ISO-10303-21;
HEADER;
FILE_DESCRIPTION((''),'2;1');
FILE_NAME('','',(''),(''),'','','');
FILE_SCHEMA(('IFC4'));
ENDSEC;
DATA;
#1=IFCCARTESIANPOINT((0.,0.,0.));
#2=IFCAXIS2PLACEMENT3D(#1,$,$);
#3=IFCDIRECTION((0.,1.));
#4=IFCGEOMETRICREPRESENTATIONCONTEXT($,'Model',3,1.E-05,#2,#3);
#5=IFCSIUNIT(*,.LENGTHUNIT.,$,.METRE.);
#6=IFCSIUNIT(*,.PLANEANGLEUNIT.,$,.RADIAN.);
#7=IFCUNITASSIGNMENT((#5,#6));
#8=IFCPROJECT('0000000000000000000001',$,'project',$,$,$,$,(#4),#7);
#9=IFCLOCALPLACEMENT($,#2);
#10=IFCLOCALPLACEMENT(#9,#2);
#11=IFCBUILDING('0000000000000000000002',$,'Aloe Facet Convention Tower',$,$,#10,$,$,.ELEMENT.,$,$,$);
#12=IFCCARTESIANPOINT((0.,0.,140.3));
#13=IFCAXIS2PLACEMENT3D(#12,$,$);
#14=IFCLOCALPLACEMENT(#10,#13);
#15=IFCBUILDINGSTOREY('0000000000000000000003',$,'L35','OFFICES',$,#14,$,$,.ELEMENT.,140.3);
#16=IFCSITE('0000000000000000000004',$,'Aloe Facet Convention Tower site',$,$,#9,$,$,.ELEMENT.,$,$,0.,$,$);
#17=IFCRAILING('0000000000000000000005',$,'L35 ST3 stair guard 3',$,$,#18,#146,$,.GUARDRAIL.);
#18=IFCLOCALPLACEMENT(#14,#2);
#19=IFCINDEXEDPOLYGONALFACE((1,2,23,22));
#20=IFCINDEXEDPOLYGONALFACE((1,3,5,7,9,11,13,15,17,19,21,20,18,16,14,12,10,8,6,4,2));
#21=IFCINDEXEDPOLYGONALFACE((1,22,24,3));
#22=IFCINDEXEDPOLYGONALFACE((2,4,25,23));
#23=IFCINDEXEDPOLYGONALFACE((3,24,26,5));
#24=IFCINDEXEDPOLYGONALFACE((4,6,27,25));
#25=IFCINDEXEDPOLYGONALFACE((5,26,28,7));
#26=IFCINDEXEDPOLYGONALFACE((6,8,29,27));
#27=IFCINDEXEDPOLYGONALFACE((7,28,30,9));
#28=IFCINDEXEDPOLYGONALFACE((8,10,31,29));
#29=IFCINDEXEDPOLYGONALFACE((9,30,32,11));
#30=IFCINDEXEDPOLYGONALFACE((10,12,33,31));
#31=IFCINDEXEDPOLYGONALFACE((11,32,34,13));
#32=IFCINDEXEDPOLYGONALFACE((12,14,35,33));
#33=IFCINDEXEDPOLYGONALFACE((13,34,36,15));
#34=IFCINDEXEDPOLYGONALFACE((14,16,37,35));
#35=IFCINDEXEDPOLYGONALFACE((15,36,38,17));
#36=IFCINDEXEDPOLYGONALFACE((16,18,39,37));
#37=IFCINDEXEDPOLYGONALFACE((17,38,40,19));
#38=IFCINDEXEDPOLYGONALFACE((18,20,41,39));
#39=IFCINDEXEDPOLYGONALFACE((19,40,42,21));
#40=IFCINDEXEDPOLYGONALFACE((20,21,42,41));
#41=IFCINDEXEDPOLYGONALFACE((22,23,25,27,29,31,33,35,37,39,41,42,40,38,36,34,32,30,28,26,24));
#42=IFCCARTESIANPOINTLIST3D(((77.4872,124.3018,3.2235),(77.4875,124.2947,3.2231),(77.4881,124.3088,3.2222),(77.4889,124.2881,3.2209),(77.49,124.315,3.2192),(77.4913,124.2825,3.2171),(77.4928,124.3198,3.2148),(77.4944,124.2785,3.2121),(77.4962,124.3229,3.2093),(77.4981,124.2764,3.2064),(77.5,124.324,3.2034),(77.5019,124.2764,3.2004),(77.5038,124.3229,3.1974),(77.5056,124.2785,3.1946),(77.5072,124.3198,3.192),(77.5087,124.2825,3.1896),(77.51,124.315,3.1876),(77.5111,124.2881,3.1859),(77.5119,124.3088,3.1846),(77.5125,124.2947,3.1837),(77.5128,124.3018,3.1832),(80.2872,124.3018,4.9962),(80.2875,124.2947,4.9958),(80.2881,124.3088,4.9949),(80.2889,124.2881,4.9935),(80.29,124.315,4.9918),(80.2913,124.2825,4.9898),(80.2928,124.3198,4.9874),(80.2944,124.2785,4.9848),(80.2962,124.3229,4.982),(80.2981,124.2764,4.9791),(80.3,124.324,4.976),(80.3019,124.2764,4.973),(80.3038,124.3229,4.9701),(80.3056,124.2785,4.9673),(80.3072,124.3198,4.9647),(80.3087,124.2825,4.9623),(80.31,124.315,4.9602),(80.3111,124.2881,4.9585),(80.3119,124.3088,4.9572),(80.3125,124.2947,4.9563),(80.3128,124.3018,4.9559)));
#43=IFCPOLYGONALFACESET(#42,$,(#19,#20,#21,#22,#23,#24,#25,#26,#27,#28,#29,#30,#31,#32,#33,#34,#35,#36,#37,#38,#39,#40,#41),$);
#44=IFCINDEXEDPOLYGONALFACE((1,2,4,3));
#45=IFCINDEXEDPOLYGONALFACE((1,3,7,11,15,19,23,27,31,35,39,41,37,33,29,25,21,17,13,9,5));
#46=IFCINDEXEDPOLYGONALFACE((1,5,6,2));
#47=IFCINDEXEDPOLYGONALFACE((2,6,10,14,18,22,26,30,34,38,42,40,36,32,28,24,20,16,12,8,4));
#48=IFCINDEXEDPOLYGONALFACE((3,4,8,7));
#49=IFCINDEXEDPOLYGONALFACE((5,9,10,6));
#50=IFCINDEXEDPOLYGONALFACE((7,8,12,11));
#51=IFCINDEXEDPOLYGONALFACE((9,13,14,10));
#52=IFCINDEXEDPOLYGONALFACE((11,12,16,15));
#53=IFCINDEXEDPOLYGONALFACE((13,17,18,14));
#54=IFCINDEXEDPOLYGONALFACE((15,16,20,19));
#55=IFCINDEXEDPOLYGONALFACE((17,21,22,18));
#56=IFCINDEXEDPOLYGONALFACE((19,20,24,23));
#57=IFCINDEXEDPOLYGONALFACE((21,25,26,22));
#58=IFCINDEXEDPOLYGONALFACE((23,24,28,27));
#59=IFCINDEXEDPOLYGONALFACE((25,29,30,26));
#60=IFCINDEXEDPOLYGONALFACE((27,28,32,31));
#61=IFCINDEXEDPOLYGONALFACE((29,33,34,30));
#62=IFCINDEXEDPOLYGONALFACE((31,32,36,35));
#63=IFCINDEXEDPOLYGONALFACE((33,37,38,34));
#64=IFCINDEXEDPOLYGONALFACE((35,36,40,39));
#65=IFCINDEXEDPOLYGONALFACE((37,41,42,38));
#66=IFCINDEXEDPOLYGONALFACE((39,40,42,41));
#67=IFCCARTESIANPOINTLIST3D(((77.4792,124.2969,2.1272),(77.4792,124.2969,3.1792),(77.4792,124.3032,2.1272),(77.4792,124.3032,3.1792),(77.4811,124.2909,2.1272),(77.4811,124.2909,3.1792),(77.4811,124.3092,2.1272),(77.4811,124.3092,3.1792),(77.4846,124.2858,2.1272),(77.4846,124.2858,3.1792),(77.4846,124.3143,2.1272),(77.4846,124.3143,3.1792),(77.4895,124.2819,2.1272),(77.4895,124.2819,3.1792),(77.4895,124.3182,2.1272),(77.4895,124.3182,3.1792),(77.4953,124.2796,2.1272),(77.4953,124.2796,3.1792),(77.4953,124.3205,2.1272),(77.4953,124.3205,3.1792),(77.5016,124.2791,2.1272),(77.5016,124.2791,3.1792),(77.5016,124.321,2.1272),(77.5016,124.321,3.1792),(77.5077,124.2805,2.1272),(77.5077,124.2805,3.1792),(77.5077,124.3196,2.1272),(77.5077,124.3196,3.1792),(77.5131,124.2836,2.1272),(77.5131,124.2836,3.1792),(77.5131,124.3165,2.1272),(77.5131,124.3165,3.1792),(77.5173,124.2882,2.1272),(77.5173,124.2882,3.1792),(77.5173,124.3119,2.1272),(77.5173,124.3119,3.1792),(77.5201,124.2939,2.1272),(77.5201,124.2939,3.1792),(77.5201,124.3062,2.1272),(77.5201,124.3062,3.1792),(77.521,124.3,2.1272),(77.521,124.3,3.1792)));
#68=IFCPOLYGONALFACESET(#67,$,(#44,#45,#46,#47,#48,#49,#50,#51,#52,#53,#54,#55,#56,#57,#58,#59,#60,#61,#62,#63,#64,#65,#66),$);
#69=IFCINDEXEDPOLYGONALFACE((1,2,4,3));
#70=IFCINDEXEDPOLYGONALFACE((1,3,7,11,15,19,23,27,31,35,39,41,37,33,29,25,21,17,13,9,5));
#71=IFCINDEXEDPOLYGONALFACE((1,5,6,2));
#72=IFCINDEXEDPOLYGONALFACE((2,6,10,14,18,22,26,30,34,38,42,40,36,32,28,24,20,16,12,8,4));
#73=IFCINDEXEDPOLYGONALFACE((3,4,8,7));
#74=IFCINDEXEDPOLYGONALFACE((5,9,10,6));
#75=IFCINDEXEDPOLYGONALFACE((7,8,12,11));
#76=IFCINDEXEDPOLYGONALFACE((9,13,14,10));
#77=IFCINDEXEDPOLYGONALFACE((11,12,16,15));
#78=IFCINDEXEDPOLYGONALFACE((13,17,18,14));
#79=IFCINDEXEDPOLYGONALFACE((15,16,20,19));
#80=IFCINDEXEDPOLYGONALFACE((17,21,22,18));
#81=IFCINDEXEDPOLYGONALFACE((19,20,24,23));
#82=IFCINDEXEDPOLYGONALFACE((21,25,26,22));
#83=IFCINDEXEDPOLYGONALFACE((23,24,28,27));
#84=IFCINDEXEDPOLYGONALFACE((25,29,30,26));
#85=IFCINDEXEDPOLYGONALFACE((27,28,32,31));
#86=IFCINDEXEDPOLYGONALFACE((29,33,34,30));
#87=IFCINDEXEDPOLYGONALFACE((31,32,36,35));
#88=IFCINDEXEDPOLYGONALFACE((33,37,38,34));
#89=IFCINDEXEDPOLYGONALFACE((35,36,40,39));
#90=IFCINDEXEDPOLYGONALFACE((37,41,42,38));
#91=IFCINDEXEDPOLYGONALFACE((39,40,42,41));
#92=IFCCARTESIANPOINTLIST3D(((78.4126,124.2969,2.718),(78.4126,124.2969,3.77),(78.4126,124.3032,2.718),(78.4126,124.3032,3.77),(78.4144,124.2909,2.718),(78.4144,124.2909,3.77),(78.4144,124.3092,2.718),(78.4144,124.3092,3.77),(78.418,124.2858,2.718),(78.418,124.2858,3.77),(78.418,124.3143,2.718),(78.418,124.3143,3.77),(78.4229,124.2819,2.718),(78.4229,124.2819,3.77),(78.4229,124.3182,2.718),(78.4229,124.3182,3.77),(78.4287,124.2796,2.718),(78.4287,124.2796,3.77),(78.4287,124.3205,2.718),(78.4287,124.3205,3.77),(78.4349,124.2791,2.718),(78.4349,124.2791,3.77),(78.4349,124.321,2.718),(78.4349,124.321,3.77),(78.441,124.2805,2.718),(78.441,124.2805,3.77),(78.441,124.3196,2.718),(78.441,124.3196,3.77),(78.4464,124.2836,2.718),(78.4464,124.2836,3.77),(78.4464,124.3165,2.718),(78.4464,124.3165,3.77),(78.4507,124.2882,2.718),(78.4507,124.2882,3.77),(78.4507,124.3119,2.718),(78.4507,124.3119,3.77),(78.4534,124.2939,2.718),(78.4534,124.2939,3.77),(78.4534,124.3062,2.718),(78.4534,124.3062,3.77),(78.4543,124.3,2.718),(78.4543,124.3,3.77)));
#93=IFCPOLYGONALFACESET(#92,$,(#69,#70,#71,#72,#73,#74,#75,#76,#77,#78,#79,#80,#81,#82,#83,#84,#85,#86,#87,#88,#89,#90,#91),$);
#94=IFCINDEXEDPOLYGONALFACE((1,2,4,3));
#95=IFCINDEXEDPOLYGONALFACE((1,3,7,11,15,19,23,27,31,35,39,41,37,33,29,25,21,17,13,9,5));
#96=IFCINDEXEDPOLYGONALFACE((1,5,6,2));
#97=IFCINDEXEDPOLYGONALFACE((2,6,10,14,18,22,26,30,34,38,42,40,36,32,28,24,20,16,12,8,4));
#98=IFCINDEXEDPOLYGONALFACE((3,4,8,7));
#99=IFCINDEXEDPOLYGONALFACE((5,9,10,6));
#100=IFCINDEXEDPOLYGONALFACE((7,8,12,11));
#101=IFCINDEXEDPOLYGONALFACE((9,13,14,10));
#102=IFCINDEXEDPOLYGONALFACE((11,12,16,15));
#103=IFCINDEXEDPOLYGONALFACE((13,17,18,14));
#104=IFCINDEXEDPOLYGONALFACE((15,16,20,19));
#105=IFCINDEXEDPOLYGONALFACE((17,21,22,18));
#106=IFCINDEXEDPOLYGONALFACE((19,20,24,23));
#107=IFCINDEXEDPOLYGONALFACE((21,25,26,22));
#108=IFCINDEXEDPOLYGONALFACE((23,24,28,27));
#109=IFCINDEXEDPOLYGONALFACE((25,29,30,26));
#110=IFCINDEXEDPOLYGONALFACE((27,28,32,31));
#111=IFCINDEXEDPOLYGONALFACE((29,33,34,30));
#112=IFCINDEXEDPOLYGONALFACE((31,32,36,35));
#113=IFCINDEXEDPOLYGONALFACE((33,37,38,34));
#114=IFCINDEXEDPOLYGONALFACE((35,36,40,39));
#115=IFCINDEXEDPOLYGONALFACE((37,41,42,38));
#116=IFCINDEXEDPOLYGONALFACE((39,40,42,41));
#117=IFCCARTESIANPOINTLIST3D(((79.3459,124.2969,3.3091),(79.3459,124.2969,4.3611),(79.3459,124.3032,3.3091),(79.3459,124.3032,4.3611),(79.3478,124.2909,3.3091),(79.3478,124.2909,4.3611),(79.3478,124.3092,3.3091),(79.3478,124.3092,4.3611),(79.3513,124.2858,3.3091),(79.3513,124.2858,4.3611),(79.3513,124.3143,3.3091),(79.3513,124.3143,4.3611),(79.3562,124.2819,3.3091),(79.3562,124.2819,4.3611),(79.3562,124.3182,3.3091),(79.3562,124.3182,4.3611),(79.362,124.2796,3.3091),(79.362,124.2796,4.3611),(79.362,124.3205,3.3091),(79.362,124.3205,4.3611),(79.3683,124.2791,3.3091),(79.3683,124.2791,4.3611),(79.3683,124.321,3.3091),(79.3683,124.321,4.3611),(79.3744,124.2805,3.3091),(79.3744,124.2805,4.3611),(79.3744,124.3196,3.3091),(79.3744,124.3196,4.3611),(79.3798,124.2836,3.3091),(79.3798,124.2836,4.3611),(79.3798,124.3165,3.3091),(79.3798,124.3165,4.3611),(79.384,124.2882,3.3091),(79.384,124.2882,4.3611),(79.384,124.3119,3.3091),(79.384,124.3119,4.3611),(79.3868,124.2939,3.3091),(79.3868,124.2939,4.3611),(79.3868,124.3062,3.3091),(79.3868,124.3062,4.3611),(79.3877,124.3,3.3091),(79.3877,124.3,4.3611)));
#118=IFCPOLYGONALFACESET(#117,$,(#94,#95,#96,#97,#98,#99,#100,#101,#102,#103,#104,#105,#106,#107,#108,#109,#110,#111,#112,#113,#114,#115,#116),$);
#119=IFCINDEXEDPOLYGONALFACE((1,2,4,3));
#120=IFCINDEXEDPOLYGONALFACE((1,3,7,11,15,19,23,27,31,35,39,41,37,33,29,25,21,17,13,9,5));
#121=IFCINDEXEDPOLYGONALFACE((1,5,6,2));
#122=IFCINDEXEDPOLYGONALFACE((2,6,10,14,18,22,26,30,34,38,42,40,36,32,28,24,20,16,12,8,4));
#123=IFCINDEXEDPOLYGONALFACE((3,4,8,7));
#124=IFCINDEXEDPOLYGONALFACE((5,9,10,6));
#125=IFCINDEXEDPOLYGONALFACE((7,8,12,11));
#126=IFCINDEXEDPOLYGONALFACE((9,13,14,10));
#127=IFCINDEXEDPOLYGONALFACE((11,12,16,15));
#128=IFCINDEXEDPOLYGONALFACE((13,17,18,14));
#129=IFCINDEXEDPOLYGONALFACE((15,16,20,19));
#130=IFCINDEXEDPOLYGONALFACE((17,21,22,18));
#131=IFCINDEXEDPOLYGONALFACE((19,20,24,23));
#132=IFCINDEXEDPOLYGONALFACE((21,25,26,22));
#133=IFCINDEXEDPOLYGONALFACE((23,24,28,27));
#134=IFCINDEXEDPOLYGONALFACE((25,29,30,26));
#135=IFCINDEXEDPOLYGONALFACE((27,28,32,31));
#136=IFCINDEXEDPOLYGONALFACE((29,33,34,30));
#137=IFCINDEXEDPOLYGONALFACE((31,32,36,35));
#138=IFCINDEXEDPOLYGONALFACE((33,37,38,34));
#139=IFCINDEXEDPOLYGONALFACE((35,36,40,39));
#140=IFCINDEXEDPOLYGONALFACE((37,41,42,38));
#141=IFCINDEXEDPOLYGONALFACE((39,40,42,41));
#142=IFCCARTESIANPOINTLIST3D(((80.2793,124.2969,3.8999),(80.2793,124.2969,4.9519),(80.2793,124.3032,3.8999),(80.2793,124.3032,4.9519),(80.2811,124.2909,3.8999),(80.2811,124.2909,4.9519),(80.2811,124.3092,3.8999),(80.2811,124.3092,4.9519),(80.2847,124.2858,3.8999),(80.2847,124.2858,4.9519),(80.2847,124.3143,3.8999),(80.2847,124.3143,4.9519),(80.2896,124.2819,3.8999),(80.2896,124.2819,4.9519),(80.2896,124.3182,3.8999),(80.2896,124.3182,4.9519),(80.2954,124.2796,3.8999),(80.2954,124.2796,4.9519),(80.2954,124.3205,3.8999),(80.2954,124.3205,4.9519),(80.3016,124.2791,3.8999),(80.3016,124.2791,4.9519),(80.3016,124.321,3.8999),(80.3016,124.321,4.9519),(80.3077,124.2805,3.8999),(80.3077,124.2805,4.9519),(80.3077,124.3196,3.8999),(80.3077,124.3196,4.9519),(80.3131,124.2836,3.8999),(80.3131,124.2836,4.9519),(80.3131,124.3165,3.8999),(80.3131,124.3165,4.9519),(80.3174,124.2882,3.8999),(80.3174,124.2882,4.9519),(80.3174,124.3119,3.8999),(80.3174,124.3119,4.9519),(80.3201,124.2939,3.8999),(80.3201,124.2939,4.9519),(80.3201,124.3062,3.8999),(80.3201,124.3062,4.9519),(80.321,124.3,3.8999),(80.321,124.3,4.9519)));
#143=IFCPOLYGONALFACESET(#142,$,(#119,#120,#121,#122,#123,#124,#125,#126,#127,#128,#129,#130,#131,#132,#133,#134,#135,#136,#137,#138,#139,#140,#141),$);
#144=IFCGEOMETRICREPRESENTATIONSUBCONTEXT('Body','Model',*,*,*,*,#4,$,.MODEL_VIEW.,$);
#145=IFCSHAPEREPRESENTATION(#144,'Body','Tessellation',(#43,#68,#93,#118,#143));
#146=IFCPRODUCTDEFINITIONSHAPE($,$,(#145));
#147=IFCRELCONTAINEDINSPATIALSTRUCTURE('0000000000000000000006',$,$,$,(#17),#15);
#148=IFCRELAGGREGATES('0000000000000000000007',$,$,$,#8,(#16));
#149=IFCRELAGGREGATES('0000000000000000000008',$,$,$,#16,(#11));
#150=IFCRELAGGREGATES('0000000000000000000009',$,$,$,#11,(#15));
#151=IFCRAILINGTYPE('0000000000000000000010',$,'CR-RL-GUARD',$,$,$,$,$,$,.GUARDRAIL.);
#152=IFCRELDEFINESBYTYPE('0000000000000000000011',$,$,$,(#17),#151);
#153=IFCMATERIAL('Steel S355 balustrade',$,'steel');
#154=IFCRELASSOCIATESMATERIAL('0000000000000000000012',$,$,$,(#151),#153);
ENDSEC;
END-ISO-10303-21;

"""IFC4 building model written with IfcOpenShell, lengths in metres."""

from ifc_helpers import new_model, si_unit, direction, frame, origin, origin_2d, place, context, subcontext, project, spatial, circle, extrude, material, type_object, element, save


model = new_model("IFC4")

# Units and contexts
model_context = context("Model", 3, precision=1e-05, world=origin(), true_north=direction((0.0, 1.0)))
body_context = subcontext(model_context, "Body", "Model", "MODEL_VIEW")
ifc_project = project(units=[si_unit("LENGTHUNIT", "METRE"), si_unit("PLANEANGLEUNIT", "RADIAN")], contexts=[model_context])

# Site, building, storey
site_placement = place(None, origin())
site = spatial("IfcSite", under=ifc_project, at=site_placement, Name="Aloe Facet Convention Tower site", CompositionType="ELEMENT", RefElevation=0.0)
building_placement = place(site_placement, origin())
building = spatial("IfcBuilding", under=site, at=building_placement, Name="Aloe Facet Convention Tower", CompositionType="ELEMENT")
storey_placement = place(building_placement, frame((0.0, 0.0, 140.3)))
storey = spatial("IfcBuildingStorey", under=building, at=storey_placement, Name="L35", Description="OFFICES", CompositionType="ELEMENT", Elevation=140.3)

# Railing
ifc_material_1 = material(Name="Steel S355 balustrade", Category="steel")
railing_type_1 = type_object("IfcRailingType", Name="CR-RL-GUARD", PredefinedType="GUARDRAIL", material=ifc_material_1)
railing_1_placement = place(storey_placement, frame((77.5, 124.3, 2.1272)))
element("IfcRailing", 1, at=railing_1_placement, inside=storey, type_object=railing_type_1, Name="L35 ST3 stair guard 3", PredefinedType="GUARDRAIL", context=body_context, shape_type="SweptSolid", body=[
    extrude(circle(Radius=0.0239, at=origin_2d()), frame((0.0, 0.0, 1.0762), z_axis=(0.844909, 0.0, 0.53491), x_axis=(0.0, 1.0, 0.0)), (0.0, 0.0, 1.0), 3.314),
    extrude(circle(Radius=0.021, at=origin_2d()), origin(), (0.0, 0.0, 1.0), 1.052),
    extrude(circle(Radius=0.021, at=origin_2d()), frame((0.9333, 0.0, 0.5908)), (0.0, 0.0, 1.0), 1.052),
    extrude(circle(Radius=0.021, at=origin_2d()), frame((1.8667, 0.0, 1.1819)), (0.0, 0.0, 1.0), 1.052),
    extrude(circle(Radius=0.021, at=origin_2d()), frame((2.8, 0.0, 1.7727)), (0.0, 0.0, 1.0), 1.052),
])

save(model, "model.ifc")
